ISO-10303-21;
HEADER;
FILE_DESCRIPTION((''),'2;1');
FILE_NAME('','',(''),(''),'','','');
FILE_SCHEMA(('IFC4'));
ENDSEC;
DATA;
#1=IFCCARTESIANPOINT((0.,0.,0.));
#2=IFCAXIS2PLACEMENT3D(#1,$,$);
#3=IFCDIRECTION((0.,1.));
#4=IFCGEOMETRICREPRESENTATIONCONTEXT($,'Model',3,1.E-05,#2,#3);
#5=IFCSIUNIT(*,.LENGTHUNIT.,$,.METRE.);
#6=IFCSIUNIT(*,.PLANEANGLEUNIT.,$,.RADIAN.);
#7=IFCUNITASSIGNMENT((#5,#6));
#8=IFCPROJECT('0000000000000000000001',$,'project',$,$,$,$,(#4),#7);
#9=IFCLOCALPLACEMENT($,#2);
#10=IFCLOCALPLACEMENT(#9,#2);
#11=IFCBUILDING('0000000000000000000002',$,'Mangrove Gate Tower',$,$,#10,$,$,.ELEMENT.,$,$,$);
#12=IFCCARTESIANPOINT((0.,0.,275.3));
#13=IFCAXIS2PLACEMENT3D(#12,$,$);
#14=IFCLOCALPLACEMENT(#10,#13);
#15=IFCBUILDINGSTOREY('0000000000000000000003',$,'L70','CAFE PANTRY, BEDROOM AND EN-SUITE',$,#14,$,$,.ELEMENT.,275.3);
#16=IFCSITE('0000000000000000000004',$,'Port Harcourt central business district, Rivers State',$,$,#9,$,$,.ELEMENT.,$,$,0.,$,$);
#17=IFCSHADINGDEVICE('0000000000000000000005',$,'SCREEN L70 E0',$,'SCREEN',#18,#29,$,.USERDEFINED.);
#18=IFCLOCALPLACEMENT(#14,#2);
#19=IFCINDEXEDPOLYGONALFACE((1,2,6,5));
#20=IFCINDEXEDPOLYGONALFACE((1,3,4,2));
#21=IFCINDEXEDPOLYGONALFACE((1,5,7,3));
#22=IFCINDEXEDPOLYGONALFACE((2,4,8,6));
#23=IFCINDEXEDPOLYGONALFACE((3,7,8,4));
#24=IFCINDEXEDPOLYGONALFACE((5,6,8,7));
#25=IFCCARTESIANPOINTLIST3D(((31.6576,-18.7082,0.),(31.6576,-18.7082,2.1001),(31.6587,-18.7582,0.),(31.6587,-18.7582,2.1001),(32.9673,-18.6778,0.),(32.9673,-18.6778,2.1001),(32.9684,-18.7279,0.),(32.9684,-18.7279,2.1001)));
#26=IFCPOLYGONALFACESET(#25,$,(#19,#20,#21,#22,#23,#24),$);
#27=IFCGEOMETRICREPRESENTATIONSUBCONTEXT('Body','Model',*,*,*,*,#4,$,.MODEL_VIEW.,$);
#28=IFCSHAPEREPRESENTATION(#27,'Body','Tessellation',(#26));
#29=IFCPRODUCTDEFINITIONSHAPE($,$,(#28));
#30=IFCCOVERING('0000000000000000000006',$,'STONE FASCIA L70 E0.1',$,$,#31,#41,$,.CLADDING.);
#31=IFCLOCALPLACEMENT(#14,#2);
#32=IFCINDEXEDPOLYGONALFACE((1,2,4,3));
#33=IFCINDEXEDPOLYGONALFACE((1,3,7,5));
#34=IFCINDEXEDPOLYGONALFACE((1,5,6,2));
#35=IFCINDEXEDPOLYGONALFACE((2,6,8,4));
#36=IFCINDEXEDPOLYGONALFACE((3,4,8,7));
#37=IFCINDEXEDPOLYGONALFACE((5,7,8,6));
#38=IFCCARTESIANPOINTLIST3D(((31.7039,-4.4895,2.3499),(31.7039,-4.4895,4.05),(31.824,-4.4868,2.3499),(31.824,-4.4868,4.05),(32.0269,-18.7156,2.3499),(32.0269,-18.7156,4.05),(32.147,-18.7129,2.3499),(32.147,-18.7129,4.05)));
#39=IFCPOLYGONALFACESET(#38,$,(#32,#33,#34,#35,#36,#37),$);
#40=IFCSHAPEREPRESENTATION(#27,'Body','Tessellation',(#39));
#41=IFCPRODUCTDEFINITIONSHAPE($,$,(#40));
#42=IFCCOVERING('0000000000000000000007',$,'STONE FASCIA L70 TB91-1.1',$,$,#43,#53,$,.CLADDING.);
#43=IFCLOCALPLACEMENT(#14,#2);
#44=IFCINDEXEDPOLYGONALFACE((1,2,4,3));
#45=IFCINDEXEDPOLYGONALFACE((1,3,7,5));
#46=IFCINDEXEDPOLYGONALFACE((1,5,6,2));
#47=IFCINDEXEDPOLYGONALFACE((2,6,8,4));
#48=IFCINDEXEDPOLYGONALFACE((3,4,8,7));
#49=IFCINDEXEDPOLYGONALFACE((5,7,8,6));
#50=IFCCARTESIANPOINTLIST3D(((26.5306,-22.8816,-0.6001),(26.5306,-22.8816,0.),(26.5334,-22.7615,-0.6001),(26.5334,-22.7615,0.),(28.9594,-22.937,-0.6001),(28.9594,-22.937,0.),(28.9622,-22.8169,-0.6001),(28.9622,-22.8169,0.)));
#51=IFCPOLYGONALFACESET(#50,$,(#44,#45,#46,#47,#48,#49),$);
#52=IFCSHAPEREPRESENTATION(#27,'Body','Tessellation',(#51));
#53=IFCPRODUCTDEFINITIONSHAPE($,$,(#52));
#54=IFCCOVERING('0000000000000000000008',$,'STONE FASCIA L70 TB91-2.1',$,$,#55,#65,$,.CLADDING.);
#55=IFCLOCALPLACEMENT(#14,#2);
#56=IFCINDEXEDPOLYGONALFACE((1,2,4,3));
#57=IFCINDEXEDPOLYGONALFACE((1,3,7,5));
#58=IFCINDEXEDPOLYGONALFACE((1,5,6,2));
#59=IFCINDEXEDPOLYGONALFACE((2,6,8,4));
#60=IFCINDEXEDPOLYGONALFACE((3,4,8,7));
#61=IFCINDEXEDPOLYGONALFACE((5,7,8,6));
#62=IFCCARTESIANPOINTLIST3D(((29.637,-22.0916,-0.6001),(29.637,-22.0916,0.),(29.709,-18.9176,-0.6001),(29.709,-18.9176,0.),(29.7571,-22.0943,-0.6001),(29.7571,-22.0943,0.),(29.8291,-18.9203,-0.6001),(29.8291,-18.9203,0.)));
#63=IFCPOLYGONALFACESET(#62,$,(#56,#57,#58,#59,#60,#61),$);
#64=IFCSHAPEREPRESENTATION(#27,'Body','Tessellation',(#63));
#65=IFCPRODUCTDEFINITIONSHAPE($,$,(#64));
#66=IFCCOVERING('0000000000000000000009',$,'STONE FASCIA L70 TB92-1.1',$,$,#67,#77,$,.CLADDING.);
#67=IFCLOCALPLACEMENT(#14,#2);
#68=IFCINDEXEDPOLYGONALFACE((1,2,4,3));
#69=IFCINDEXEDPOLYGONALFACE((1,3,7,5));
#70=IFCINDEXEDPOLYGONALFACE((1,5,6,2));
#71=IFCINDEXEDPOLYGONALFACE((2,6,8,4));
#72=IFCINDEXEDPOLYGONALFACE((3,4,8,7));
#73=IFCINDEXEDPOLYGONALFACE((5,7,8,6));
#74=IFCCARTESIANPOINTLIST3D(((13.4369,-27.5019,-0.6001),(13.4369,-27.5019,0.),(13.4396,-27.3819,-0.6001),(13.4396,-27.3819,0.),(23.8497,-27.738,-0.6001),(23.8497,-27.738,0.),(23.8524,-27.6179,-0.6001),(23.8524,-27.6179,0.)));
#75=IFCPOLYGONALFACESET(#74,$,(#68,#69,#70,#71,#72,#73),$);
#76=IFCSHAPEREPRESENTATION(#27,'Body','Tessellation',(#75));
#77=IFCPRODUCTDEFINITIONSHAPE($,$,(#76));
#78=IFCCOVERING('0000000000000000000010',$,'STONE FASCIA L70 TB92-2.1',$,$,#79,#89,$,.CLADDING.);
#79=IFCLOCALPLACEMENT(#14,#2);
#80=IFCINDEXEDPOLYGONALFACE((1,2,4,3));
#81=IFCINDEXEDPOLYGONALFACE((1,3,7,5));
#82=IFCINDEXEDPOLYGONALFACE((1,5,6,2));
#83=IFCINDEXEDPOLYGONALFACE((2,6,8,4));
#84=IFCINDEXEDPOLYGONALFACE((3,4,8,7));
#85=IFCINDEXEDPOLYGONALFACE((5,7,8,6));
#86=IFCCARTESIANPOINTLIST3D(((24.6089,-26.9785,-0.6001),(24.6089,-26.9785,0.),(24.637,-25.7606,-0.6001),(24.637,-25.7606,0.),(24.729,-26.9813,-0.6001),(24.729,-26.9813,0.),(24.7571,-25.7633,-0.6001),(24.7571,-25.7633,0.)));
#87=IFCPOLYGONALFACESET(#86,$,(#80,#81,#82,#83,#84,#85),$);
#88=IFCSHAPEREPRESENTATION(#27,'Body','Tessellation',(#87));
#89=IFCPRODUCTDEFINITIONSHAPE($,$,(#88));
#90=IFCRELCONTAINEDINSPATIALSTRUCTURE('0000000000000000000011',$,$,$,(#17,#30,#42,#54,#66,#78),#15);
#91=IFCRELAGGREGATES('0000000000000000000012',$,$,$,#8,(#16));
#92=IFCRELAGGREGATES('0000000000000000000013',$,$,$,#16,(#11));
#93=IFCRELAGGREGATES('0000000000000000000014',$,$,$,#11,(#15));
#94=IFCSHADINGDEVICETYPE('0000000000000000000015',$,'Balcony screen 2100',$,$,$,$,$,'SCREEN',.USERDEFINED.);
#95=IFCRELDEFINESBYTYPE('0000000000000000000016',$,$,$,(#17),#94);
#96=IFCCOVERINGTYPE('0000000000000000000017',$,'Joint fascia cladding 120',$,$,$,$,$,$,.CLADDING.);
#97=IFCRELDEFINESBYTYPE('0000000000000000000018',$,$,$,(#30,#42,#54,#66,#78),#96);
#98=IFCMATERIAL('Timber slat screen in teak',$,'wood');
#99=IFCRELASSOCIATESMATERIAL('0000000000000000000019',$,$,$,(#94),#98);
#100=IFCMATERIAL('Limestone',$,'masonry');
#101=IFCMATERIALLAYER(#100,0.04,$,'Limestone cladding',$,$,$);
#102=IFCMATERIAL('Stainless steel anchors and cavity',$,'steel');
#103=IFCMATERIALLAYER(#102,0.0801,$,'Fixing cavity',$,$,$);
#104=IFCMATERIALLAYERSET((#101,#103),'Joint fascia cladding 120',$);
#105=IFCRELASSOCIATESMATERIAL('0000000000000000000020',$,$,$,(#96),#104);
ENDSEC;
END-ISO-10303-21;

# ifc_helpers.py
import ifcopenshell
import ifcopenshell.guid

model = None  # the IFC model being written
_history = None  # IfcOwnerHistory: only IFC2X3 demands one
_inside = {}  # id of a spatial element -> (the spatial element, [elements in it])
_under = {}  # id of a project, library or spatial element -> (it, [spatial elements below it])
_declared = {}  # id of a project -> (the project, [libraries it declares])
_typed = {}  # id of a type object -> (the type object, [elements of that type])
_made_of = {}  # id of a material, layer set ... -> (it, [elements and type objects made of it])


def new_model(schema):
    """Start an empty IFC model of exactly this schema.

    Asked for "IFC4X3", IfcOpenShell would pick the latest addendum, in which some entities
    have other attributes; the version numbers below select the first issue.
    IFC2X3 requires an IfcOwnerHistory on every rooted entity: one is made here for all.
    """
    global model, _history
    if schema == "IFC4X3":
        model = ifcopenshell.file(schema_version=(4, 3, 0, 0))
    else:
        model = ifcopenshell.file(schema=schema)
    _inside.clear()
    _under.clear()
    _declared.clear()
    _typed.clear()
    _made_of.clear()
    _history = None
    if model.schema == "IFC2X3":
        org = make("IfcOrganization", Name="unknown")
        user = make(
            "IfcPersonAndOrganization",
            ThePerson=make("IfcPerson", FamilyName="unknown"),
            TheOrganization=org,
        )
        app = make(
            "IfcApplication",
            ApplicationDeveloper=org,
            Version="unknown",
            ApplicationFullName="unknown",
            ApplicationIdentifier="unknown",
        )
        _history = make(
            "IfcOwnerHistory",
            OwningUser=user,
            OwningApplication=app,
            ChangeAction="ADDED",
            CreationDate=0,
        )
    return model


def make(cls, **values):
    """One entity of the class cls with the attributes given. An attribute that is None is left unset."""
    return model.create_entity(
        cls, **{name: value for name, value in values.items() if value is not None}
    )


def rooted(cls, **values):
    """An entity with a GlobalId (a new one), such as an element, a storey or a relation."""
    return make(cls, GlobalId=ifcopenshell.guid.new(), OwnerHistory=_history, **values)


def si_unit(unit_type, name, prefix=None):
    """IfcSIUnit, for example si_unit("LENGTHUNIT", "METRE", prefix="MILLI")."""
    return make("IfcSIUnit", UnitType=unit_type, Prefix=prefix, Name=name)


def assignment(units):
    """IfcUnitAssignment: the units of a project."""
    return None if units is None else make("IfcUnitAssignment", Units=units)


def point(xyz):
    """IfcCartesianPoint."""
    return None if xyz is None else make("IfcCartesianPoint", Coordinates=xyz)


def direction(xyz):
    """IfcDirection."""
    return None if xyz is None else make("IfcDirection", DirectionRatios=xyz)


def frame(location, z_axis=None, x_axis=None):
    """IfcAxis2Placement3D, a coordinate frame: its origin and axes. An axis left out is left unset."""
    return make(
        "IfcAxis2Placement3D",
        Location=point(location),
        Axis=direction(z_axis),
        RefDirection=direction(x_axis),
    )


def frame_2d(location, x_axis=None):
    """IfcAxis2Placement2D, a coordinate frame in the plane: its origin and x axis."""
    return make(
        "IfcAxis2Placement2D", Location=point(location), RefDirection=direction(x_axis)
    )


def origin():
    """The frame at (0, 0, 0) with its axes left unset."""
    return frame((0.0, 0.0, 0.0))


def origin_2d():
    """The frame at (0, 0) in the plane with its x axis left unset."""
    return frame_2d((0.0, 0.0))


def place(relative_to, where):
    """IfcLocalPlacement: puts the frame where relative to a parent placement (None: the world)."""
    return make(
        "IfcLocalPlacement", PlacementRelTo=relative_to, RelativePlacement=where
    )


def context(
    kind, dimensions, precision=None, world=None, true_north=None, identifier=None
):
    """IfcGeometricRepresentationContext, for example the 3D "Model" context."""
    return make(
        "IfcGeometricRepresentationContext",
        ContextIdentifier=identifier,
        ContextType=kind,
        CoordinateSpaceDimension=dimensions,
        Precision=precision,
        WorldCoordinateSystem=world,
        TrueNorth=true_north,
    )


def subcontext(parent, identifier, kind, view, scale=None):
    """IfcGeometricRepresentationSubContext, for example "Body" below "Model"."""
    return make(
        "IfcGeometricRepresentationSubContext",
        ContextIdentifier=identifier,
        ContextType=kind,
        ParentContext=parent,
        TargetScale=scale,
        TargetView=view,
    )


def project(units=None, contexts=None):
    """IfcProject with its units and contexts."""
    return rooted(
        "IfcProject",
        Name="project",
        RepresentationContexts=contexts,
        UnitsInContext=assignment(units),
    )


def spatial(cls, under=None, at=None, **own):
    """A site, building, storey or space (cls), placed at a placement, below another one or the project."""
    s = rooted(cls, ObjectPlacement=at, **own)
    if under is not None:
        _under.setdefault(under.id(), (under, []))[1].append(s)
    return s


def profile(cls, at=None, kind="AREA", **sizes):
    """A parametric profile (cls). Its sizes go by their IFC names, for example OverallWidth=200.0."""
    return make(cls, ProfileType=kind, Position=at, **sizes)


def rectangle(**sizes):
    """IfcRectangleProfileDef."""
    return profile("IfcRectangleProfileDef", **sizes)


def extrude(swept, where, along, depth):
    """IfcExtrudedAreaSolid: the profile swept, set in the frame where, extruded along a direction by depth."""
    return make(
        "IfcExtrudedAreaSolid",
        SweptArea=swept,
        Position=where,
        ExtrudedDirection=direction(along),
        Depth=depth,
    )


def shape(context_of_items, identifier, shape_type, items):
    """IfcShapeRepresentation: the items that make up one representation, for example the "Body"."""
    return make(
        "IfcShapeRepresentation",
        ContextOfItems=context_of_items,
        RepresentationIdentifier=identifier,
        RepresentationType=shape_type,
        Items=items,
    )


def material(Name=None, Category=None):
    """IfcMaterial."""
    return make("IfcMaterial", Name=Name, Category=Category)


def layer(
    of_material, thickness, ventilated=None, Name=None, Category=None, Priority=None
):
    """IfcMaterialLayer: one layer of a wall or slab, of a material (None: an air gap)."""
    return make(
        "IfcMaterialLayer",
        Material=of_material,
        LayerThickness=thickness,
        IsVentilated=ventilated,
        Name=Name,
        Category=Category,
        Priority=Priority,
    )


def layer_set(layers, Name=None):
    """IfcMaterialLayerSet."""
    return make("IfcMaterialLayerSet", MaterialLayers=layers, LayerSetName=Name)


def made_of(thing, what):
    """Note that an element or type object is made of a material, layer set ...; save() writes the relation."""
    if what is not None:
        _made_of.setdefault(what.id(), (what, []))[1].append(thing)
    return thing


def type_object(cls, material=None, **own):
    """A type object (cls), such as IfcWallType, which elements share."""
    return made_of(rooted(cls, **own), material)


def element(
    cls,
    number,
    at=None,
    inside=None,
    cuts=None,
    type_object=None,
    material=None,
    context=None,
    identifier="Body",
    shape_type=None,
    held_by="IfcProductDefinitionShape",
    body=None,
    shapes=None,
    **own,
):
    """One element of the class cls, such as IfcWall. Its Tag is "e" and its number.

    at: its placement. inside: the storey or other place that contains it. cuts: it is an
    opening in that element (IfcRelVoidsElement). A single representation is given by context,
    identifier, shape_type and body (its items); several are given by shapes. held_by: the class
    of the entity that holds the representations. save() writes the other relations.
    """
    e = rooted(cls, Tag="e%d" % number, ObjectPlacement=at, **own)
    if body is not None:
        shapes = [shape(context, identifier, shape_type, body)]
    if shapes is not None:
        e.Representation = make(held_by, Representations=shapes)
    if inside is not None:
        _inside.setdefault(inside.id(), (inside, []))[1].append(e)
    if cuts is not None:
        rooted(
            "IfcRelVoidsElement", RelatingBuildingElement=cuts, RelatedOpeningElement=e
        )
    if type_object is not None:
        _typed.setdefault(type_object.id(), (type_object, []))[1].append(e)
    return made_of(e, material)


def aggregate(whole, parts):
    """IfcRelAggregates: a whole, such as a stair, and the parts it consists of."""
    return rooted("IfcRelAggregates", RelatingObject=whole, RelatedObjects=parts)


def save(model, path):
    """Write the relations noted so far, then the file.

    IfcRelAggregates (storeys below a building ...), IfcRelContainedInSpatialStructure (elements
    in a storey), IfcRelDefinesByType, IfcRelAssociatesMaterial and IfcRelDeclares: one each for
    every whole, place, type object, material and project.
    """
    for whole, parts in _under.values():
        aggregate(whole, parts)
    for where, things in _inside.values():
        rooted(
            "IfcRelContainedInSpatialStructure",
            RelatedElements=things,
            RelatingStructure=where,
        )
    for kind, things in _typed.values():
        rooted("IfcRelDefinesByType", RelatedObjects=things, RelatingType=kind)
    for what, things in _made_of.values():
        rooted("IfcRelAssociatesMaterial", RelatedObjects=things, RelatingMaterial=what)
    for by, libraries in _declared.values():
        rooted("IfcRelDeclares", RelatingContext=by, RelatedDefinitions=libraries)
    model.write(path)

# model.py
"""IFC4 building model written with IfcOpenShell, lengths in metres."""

from ifc_helpers import new_model, si_unit, direction, frame, frame_2d, origin, origin_2d, place, context, subcontext, project, spatial, rectangle, extrude, material, layer, layer_set, type_object, element, save


model = new_model("IFC4")

# Units and contexts
model_context = context("Model", 3, precision=1e-05, world=origin(), true_north=direction((0.0, 1.0)))
body_context = subcontext(model_context, "Body", "Model", "MODEL_VIEW")
ifc_project = project(units=[si_unit("LENGTHUNIT", "METRE"), si_unit("PLANEANGLEUNIT", "RADIAN")], contexts=[model_context])

# Site, building, storey
site_placement = place(None, origin())
site = spatial("IfcSite", under=ifc_project, at=site_placement, Name="Port Harcourt central business district, Rivers State", CompositionType="ELEMENT", RefElevation=0.0)
building_placement = place(site_placement, origin())
building = spatial("IfcBuilding", under=site, at=building_placement, Name="Mangrove Gate Tower", CompositionType="ELEMENT")
storey_placement = place(building_placement, frame((0.0, 0.0, 275.3)))
storey = spatial("IfcBuildingStorey", under=building, at=storey_placement, Name="L70", Description="CAFE PANTRY, BEDROOM AND EN-SUITE", CompositionType="ELEMENT", Elevation=275.3)

# Shared definitions
ifc_material_1 = material(Name="Limestone", Category="masonry")

# Shading device
ifc_material_2 = material(Name="Timber slat screen in teak", Category="wood")
shading_device_type = type_object("IfcShadingDeviceType", Name="Balcony screen 2100", ElementType="SCREEN", PredefinedType="USERDEFINED", material=ifc_material_2)
shading_device_placement = place(storey_placement, frame((32.313, -18.718, 0.0), z_axis=(0.0, 0.0, 1.0), x_axis=(0.999731, 0.023176, 0.0)))
element("IfcShadingDevice", 1, at=shading_device_placement, inside=storey, type_object=shading_device_type, Name="SCREEN L70 E0", ObjectType="SCREEN", PredefinedType="USERDEFINED", context=body_context, shape_type="SweptSolid", body=[
    extrude(rectangle(XDim=1.3101, YDim=0.05, at=origin_2d()), origin(), (0.0, 0.0, 1.0), 2.1001),
])

# Coverings
ifc_layer_1 = layer(ifc_material_1, 0.04, Name="Limestone cladding")
ifc_material_3 = material(Name="Stainless steel anchors and cavity", Category="steel")
ifc_layer_2 = layer(ifc_material_3, 0.0801, Name="Fixing cavity")
ifc_layer_set_1 = layer_set([ifc_layer_1, ifc_layer_2], Name="Joint fascia cladding 120")
covering_type = type_object("IfcCoveringType", Name="Joint fascia cladding 120", PredefinedType="CLADDING", material=ifc_layer_set_1)
covering_1_placement = place(storey_placement, frame((32.0869, -18.7141, 2.3499), z_axis=(0.0, 0.0, 1.0), x_axis=(-0.022699, 0.999742, 0.0)))
element("IfcCovering", 2, at=covering_1_placement, inside=storey, type_object=covering_type, Name="STONE FASCIA L70 E0.1", PredefinedType="CLADDING", context=body_context, shape_type="SweptSolid", body=[
    extrude(rectangle(XDim=14.2297, YDim=0.1201, at=frame_2d((7.1147, 0.0))), origin(), (0.0, 0.0, 1.0), 1.7002),
])
covering_2_placement = place(storey_placement, frame((28.9609, -22.877, -0.6001), z_axis=(0.0, 0.0, 1.0), x_axis=(-0.99974, 0.022813, 0.0)))
element("IfcCovering", 3, at=covering_2_placement, inside=storey, type_object=covering_type, Name="STONE FASCIA L70 TB91-1.1", PredefinedType="CLADDING", context=body_context, shape_type="SweptSolid", body=[
    extrude(rectangle(XDim=2.4294, YDim=0.1201, at=frame_2d((1.2148, 0.0))), origin(), (0.0, 0.0, 1.0), 0.6001),
])
covering_3_placement = place(storey_placement, frame((29.769, -18.9189, -0.6001), z_axis=(0.0, 0.0, 1.0), x_axis=(-0.022685, -0.999743, 0.0)))
element("IfcCovering", 4, at=covering_3_placement, inside=storey, type_object=covering_type, Name="STONE FASCIA L70 TB91-2.1", PredefinedType="CLADDING", context=body_context, shape_type="SweptSolid", body=[
    extrude(rectangle(XDim=3.1748, YDim=0.1201, at=frame_2d((1.5874, 0.0))), origin(), (0.0, 0.0, 1.0), 0.6001),
])
covering_4_placement = place(storey_placement, frame((23.8511, -27.678, -0.6001), z_axis=(0.0, 0.0, 1.0), x_axis=(-0.999743, 0.022667, 0.0)))
element("IfcCovering", 5, at=covering_4_placement, inside=storey, type_object=covering_type, Name="STONE FASCIA L70 TB92-1.1", PredefinedType="CLADDING", context=body_context, shape_type="SweptSolid", body=[
    extrude(rectangle(XDim=10.4155, YDim=0.1201, at=frame_2d((5.2078, 0.0))), origin(), (0.0, 0.0, 1.0), 0.6001),
])
covering_5_placement = place(storey_placement, frame((24.697, -25.762, -0.6001), z_axis=(0.0, 0.0, 1.0), x_axis=(-0.023045, -0.999734, 0.0)))
element("IfcCovering", 6, at=covering_5_placement, inside=storey, type_object=covering_type, Name="STONE FASCIA L70 TB92-2.1", PredefinedType="CLADDING", context=body_context, shape_type="SweptSolid", body=[
    extrude(rectangle(XDim=1.2183, YDim=0.1201, at=frame_2d((0.6091, 0.0))), origin(), (0.0, 0.0, 1.0), 0.6001),
])

save(model, "model.ifc")
